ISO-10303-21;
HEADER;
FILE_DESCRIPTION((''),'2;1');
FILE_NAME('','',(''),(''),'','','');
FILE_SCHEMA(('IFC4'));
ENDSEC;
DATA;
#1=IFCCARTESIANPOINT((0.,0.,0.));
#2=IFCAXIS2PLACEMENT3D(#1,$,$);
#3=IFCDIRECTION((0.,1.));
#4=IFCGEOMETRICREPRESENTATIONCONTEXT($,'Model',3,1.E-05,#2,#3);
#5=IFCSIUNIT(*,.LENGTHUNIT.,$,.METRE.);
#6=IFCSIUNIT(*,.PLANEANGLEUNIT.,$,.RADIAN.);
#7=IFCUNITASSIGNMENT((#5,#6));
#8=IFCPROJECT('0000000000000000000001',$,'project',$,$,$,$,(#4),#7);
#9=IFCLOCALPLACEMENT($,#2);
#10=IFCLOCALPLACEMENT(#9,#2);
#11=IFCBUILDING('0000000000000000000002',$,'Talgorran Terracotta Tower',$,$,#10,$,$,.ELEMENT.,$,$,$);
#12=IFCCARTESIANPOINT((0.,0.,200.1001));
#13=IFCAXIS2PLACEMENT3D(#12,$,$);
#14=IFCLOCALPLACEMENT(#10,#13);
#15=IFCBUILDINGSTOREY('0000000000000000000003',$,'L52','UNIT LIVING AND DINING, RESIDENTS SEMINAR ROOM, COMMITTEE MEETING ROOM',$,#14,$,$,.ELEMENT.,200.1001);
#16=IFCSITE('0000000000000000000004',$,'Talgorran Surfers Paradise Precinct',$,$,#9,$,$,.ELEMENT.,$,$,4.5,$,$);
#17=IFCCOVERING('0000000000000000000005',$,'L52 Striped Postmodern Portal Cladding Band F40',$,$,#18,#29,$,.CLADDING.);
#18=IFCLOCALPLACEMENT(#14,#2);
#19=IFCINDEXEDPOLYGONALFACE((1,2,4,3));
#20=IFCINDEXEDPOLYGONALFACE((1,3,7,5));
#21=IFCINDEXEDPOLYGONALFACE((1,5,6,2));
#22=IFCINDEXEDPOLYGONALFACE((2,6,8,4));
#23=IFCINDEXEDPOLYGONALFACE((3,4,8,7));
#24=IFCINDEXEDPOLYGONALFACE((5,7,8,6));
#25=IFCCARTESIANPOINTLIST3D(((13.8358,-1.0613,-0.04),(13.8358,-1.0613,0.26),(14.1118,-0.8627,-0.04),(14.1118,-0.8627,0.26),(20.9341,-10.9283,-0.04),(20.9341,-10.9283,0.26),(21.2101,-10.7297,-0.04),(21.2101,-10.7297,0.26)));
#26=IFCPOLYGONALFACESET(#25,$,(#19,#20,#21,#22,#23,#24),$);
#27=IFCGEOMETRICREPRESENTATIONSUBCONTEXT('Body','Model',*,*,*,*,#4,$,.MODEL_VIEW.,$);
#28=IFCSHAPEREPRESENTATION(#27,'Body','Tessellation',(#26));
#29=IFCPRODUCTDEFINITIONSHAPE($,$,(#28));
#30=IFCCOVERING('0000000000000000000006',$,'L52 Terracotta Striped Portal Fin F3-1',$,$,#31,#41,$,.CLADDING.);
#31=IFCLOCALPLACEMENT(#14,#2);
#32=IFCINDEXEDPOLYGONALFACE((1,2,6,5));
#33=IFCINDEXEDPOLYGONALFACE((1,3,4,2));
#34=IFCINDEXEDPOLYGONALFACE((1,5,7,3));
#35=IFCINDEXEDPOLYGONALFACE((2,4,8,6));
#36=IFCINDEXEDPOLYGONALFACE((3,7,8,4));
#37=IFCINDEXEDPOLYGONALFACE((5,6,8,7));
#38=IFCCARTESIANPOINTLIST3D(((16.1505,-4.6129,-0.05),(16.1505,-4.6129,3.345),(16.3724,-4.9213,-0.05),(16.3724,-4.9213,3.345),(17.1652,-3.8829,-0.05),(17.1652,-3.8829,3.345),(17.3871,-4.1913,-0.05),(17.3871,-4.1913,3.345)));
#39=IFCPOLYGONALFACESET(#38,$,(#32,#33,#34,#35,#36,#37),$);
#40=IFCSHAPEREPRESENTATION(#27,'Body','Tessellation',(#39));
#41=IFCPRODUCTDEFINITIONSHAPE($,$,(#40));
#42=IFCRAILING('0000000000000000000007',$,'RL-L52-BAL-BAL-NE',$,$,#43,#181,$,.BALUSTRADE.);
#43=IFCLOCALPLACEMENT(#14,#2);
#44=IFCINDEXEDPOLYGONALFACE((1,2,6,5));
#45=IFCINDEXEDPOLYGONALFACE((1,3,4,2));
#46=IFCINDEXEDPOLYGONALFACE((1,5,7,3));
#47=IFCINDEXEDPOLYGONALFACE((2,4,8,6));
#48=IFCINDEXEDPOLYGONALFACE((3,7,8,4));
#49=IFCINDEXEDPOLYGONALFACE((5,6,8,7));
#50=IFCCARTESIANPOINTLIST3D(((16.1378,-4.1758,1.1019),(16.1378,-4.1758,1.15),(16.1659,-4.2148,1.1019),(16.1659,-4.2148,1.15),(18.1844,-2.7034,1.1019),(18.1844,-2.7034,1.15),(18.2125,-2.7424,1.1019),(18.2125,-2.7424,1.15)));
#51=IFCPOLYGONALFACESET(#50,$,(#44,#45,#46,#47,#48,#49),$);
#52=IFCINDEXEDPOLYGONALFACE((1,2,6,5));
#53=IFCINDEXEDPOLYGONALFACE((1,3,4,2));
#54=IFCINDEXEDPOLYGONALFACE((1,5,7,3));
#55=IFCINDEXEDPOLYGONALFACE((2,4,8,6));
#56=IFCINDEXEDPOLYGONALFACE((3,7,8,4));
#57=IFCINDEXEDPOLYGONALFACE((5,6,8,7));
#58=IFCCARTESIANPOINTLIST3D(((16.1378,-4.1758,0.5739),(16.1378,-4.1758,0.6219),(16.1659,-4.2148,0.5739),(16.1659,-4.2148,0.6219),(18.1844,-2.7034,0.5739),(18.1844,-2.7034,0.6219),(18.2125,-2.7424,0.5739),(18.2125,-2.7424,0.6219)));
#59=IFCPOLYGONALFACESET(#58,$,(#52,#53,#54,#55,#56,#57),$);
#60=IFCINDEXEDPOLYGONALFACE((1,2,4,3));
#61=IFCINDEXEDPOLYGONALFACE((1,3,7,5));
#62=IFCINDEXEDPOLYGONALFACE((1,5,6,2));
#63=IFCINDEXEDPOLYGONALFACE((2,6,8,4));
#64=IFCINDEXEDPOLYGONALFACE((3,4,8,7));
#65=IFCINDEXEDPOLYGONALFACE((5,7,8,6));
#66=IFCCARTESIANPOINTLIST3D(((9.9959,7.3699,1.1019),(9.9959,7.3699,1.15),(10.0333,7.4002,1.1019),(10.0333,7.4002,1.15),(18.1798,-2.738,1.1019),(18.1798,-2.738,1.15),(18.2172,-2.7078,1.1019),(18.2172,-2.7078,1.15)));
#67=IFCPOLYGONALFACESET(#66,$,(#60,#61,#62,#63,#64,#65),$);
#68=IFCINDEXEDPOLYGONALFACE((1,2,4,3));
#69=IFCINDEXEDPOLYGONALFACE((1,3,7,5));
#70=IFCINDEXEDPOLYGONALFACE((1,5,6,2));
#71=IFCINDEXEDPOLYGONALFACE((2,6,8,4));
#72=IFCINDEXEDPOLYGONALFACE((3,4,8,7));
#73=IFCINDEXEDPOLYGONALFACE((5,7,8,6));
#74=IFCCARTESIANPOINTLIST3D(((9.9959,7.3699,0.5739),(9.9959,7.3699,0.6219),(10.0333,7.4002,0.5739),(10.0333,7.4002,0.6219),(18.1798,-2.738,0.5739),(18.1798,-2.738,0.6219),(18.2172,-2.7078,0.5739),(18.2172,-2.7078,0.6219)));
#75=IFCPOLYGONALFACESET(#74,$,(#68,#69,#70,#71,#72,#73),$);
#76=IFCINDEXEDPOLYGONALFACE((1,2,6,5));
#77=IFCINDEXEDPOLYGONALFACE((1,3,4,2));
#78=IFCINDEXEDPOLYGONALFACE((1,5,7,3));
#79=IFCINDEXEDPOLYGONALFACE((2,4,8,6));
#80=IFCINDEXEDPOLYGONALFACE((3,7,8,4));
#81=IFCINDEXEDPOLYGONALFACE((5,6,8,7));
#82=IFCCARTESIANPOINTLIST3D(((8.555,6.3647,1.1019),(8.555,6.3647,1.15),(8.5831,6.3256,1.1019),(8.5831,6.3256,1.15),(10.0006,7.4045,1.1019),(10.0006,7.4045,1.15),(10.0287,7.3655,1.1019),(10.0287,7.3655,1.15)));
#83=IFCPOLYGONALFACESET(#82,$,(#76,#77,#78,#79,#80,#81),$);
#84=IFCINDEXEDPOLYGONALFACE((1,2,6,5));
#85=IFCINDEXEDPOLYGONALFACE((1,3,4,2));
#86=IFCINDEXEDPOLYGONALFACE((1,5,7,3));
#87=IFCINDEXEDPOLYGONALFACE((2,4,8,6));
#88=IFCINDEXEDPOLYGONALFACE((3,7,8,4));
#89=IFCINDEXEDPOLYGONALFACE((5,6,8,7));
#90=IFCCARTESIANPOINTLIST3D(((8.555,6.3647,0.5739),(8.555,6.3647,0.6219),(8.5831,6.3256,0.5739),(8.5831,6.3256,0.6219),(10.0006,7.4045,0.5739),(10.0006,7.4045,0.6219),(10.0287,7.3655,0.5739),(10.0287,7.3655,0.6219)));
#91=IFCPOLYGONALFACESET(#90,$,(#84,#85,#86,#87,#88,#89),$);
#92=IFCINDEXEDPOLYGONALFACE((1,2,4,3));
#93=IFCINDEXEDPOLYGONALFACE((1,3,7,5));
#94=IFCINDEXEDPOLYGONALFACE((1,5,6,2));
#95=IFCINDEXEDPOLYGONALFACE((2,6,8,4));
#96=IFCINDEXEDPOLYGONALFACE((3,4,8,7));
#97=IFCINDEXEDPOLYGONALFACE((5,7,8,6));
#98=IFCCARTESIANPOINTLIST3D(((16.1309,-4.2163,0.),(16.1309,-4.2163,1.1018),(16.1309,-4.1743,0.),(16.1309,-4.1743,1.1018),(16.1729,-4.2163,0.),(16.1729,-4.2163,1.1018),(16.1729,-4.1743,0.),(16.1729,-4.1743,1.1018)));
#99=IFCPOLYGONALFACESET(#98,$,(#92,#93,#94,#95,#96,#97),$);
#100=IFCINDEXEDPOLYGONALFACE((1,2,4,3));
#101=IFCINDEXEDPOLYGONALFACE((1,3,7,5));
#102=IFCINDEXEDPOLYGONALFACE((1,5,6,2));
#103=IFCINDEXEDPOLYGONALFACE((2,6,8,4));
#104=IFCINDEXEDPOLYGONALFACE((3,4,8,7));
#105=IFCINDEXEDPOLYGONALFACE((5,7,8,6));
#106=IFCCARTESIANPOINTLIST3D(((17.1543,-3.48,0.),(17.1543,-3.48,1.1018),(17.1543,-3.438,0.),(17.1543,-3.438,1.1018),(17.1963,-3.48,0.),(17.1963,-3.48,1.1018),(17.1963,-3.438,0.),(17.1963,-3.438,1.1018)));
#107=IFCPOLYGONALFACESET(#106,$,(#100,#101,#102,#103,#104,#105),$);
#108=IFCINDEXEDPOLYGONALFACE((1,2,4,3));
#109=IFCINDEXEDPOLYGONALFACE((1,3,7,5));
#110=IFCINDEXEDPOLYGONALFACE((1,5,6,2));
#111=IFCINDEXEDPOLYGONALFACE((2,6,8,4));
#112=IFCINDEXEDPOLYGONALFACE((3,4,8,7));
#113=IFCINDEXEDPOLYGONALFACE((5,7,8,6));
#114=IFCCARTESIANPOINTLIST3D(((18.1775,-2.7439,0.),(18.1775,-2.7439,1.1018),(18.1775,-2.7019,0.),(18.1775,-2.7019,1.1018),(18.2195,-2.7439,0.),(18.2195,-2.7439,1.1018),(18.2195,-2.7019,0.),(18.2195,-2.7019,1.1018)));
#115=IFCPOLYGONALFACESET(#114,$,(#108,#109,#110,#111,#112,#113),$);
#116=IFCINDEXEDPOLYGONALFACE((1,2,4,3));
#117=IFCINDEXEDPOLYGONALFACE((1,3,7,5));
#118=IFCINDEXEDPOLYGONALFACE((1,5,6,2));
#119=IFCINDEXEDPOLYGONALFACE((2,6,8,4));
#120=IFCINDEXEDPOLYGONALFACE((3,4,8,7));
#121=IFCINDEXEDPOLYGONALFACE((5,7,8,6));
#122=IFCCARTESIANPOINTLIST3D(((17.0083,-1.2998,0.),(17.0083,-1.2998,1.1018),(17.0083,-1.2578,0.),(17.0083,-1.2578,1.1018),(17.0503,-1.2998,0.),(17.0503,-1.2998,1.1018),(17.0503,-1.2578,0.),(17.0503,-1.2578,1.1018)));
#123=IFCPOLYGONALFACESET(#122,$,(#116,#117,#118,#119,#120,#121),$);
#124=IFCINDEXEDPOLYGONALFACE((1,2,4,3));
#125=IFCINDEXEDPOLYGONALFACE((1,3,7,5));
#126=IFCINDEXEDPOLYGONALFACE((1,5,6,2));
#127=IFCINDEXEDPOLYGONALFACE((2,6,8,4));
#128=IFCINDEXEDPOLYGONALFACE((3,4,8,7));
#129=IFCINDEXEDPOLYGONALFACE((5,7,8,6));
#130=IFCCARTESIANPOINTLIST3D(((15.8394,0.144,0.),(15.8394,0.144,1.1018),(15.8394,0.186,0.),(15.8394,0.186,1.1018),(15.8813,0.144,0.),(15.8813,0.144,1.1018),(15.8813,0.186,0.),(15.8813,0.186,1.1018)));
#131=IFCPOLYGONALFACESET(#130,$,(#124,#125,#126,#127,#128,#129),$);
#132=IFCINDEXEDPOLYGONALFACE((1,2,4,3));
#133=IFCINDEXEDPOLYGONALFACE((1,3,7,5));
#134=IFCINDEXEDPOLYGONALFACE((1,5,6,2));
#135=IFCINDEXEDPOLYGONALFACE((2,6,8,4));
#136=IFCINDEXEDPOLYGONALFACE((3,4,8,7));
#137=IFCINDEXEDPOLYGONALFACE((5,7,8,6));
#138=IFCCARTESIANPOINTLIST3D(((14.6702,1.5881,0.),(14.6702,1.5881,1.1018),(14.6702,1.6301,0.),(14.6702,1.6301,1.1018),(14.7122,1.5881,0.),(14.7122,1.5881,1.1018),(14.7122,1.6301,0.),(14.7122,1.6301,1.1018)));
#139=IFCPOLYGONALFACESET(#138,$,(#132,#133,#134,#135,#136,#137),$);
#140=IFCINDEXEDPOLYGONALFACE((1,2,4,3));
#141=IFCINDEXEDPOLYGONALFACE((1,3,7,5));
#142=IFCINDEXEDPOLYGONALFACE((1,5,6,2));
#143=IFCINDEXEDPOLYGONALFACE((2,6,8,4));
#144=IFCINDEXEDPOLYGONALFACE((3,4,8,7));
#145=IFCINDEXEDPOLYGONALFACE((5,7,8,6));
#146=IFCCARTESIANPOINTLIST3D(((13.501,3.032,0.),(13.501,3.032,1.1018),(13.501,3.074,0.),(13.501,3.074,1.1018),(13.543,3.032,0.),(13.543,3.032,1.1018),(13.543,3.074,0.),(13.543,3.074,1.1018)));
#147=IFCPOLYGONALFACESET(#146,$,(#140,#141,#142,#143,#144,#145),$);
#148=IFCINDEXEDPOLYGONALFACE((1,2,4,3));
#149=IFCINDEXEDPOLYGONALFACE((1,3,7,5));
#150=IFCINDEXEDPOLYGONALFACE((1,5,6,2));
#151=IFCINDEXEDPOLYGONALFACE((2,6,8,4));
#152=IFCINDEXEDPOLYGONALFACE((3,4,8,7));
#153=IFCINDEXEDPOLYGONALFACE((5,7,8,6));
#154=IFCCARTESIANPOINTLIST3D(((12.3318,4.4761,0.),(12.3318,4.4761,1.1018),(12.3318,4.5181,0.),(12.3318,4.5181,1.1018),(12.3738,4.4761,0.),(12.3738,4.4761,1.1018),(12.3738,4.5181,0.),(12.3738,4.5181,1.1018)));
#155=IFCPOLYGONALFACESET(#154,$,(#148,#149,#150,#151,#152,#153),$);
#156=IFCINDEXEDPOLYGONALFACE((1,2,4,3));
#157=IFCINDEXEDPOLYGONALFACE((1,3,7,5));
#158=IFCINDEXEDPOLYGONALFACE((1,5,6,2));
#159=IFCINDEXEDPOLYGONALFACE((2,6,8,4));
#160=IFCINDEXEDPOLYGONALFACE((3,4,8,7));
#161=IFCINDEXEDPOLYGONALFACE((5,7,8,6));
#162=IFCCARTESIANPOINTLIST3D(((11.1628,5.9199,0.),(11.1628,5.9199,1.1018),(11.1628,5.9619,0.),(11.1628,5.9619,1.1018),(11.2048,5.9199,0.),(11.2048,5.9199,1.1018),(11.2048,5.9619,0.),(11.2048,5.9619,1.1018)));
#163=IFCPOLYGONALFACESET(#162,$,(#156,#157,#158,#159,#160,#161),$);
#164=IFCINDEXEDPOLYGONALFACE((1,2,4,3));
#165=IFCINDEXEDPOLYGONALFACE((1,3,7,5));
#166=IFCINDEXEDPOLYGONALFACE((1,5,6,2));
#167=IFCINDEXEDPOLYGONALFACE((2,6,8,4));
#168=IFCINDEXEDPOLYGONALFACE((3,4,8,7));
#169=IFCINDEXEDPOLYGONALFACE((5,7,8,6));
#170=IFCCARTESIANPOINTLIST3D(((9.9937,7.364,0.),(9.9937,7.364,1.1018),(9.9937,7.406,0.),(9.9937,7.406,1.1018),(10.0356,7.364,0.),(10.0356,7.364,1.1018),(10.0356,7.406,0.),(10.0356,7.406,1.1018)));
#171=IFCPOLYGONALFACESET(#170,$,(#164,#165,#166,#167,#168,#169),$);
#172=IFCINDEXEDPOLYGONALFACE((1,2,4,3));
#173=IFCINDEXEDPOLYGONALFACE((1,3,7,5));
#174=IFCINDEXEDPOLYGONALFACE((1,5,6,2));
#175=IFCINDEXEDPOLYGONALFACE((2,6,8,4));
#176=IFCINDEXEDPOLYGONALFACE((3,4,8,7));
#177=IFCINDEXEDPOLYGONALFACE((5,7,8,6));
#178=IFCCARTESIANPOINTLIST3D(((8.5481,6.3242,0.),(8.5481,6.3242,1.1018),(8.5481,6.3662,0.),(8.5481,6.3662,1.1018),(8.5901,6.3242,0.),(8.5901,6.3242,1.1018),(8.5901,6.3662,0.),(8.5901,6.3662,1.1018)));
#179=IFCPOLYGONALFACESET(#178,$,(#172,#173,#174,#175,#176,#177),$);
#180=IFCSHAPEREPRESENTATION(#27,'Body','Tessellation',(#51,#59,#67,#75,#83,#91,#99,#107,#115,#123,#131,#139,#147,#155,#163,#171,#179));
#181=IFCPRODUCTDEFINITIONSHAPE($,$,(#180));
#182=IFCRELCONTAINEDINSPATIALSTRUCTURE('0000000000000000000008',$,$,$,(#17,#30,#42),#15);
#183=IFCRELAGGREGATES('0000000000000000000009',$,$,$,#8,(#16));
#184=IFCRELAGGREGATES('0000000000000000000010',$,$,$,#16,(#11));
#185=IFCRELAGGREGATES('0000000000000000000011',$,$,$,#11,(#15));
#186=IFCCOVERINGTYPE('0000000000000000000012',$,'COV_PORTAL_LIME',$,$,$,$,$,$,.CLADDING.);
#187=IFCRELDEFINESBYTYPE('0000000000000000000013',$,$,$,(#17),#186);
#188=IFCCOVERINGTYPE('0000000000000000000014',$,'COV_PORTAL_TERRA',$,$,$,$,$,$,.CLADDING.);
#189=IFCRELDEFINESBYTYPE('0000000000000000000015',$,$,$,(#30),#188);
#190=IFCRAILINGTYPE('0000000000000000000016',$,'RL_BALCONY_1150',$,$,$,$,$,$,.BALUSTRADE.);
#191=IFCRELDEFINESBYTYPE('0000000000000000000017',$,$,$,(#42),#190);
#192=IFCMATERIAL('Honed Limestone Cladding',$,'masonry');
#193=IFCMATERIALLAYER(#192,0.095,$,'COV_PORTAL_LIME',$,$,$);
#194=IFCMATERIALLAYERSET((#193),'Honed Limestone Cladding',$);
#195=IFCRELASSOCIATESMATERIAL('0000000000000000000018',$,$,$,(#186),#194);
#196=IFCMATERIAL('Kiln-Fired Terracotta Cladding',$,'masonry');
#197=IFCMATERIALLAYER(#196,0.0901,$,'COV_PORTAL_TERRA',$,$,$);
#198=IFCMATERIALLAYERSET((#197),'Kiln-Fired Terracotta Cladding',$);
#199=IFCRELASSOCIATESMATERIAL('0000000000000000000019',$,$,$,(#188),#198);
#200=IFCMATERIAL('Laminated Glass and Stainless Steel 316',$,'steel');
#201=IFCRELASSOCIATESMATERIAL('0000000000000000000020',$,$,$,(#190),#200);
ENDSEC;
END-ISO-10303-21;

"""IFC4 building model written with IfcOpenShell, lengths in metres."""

from ifc_helpers import new_model, si_unit, direction, frame, origin, origin_2d, place, context, subcontext, project, spatial, rectangle, extrude, material, layer, layer_set, type_object, element, save


model = new_model("IFC4")

# Units and contexts
model_context = context("Model", 3, precision=1e-05, world=origin(), true_north=direction((0.0, 1.0)))
body_context = subcontext(model_context, "Body", "Model", "MODEL_VIEW")
ifc_project = project(units=[si_unit("LENGTHUNIT", "METRE"), si_unit("PLANEANGLEUNIT", "RADIAN")], contexts=[model_context])

# Site, building, storey
site_placement = place(None, origin())
site = spatial("IfcSite", under=ifc_project, at=site_placement, Name="Talgorran Surfers Paradise Precinct", CompositionType="ELEMENT", RefElevation=4.5)
building_placement = place(site_placement, origin())
building = spatial("IfcBuilding", under=site, at=building_placement, Name="Talgorran Terracotta Tower", CompositionType="ELEMENT")
storey_placement = place(building_placement, frame((0.0, 0.0, 200.1001)))
storey = spatial("IfcBuildingStorey", under=building, at=storey_placement, Name="L52", Description="UNIT LIVING AND DINING, RESIDENTS SEMINAR ROOM, COMMITTEE MEETING ROOM", CompositionType="ELEMENT", Elevation=200.1001)

# Coverings
ifc_material_1 = material(Name="Honed Limestone Cladding", Category="masonry")
ifc_layer_1 = layer(ifc_material_1, 0.095, Name="COV_PORTAL_LIME")
ifc_layer_set_1 = layer_set([ifc_layer_1], Name="Honed Limestone Cladding")
covering_type_1 = type_object("IfcCoveringType", Name="COV_PORTAL_LIME", PredefinedType="CLADDING", material=ifc_layer_set_1)
covering_1_placement = place(storey_placement, frame((17.5229, -5.8955, -0.04), z_axis=(0.0, 0.0, 1.0), x_axis=(-0.583981, 0.811768, 0.0)))
element("IfcCovering", 1, at=covering_1_placement, inside=storey, type_object=covering_type_1, Name="L52 Striped Postmodern Portal Cladding Band F40", PredefinedType="CLADDING", context=body_context, shape_type="SweptSolid", body=[
    extrude(rectangle(XDim=12.155, YDim=0.3401, at=origin_2d()), origin(), (0.0, 0.0, 1.0), 0.3),
])
ifc_material_2 = material(Name="Kiln-Fired Terracotta Cladding", Category="masonry")
ifc_layer_2 = layer(ifc_material_2, 0.0901, Name="COV_PORTAL_TERRA")
ifc_layer_set_2 = layer_set([ifc_layer_2], Name="Kiln-Fired Terracotta Cladding")
covering_type_2 = type_object("IfcCoveringType", Name="COV_PORTAL_TERRA", PredefinedType="CLADDING", material=ifc_layer_set_2)
covering_2_placement = place(storey_placement, frame((16.7688, -4.4021, -0.05), z_axis=(0.0, 0.0, 1.0), x_axis=(-0.583981, 0.811768, 0.0)))
element("IfcCovering", 2, at=covering_2_placement, inside=storey, type_object=covering_type_2, Name="L52 Terracotta Striped Portal Fin F3-1", PredefinedType="CLADDING", context=body_context, shape_type="SweptSolid", body=[
    extrude(rectangle(XDim=0.3799, YDim=1.25, at=origin_2d()), origin(), (0.0, 0.0, 1.0), 3.395),
])

# Railing
ifc_material_3 = material(Name="Laminated Glass and Stainless Steel 316", Category="steel")
railing_type = type_object("IfcRailingType", Name="RL_BALCONY_1150", PredefinedType="BALUSTRADE", material=ifc_material_3)
railing_placement = place(storey_placement, frame((16.1519, -4.1953, 0.0)))
element("IfcRailing", 3, at=railing_placement, inside=storey, type_object=railing_type, Name="RL-L52-BAL-BAL-NE", PredefinedType="BALUSTRADE", context=body_context, shape_type="SweptSolid", body=[
    extrude(rectangle(XDim=0.0481, YDim=0.0481, at=origin_2d()), frame((0.0, 0.0, 1.126), z_axis=(0.811753, 0.584001, 0.0), x_axis=(-0.584001, 0.811753, 0.0)), (0.0, 0.0, 1.0), 2.5212),
    extrude(rectangle(XDim=0.0481, YDim=0.0481, at=origin_2d()), frame((0.0, 0.0, 0.5979), z_axis=(0.811753, 0.584001, 0.0), x_axis=(-0.584001, 0.811753, 0.0)), (0.0, 0.0, 1.0), 2.5212),
    extrude(rectangle(XDim=0.0481, YDim=0.0481, at=origin_2d()), frame((2.0466, 1.4724, 1.126), z_axis=(-0.629256, 0.777198, 0.0), x_axis=(-0.777198, -0.629256, 0.0)), (0.0, 0.0, 1.0), 13.0056),
    extrude(rectangle(XDim=0.0481, YDim=0.0481, at=origin_2d()), frame((2.0466, 1.4724, 0.5979), z_axis=(-0.629256, 0.777198, 0.0), x_axis=(-0.777198, -0.629256, 0.0)), (0.0, 0.0, 1.0), 13.0056),
    extrude(rectangle(XDim=0.0481, YDim=0.0481, at=origin_2d()), frame((-6.1372, 11.5803, 1.126), z_axis=(-0.811802, -0.583933, 0.0), x_axis=(0.583933, -0.811802, 0.0)), (0.0, 0.0, 1.0), 1.7808),
    extrude(rectangle(XDim=0.0481, YDim=0.0481, at=origin_2d()), frame((-6.1372, 11.5803, 0.5979), z_axis=(-0.811802, -0.583933, 0.0), x_axis=(0.583933, -0.811802, 0.0)), (0.0, 0.0, 1.0), 1.7808),
    extrude(rectangle(XDim=0.042, YDim=0.042, at=origin_2d()), origin(), (0.0, 0.0, 1.0), 1.1018),
    extrude(rectangle(XDim=0.042, YDim=0.042, at=origin_2d()), frame((1.0234, 0.7363, 0.0)), (0.0, 0.0, 1.0), 1.1018),
    extrude(rectangle(XDim=0.042, YDim=0.042, at=origin_2d()), frame((2.0466, 1.4724, 0.0)), (0.0, 0.0, 1.0), 1.1018),
    extrude(rectangle(XDim=0.042, YDim=0.042, at=origin_2d()), frame((0.8774, 2.9165, 0.0)), (0.0, 0.0, 1.0), 1.1018),
    extrude(rectangle(XDim=0.042, YDim=0.042, at=origin_2d()), frame((-0.2915, 4.3604, 0.0)), (0.0, 0.0, 1.0), 1.1018),
    extrude(rectangle(XDim=0.042, YDim=0.042, at=origin_2d()), frame((-1.4607, 5.8044, 0.0)), (0.0, 0.0, 1.0), 1.1018),
    extrude(rectangle(XDim=0.042, YDim=0.042, at=origin_2d()), frame((-2.6299, 7.2483, 0.0)), (0.0, 0.0, 1.0), 1.1018),
    extrude(rectangle(XDim=0.042, YDim=0.042, at=origin_2d()), frame((-3.7991, 8.6924, 0.0)), (0.0, 0.0, 1.0), 1.1018),
    extrude(rectangle(XDim=0.042, YDim=0.042, at=origin_2d()), frame((-4.968, 10.1362, 0.0)), (0.0, 0.0, 1.0), 1.1018),
    extrude(rectangle(XDim=0.042, YDim=0.042, at=origin_2d()), frame((-6.1372, 11.5803, 0.0)), (0.0, 0.0, 1.0), 1.1018),
    extrude(rectangle(XDim=0.042, YDim=0.042, at=origin_2d()), frame((-7.5828, 10.5405, 0.0)), (0.0, 0.0, 1.0), 1.1018),
])

save(model, "model.ifc")
